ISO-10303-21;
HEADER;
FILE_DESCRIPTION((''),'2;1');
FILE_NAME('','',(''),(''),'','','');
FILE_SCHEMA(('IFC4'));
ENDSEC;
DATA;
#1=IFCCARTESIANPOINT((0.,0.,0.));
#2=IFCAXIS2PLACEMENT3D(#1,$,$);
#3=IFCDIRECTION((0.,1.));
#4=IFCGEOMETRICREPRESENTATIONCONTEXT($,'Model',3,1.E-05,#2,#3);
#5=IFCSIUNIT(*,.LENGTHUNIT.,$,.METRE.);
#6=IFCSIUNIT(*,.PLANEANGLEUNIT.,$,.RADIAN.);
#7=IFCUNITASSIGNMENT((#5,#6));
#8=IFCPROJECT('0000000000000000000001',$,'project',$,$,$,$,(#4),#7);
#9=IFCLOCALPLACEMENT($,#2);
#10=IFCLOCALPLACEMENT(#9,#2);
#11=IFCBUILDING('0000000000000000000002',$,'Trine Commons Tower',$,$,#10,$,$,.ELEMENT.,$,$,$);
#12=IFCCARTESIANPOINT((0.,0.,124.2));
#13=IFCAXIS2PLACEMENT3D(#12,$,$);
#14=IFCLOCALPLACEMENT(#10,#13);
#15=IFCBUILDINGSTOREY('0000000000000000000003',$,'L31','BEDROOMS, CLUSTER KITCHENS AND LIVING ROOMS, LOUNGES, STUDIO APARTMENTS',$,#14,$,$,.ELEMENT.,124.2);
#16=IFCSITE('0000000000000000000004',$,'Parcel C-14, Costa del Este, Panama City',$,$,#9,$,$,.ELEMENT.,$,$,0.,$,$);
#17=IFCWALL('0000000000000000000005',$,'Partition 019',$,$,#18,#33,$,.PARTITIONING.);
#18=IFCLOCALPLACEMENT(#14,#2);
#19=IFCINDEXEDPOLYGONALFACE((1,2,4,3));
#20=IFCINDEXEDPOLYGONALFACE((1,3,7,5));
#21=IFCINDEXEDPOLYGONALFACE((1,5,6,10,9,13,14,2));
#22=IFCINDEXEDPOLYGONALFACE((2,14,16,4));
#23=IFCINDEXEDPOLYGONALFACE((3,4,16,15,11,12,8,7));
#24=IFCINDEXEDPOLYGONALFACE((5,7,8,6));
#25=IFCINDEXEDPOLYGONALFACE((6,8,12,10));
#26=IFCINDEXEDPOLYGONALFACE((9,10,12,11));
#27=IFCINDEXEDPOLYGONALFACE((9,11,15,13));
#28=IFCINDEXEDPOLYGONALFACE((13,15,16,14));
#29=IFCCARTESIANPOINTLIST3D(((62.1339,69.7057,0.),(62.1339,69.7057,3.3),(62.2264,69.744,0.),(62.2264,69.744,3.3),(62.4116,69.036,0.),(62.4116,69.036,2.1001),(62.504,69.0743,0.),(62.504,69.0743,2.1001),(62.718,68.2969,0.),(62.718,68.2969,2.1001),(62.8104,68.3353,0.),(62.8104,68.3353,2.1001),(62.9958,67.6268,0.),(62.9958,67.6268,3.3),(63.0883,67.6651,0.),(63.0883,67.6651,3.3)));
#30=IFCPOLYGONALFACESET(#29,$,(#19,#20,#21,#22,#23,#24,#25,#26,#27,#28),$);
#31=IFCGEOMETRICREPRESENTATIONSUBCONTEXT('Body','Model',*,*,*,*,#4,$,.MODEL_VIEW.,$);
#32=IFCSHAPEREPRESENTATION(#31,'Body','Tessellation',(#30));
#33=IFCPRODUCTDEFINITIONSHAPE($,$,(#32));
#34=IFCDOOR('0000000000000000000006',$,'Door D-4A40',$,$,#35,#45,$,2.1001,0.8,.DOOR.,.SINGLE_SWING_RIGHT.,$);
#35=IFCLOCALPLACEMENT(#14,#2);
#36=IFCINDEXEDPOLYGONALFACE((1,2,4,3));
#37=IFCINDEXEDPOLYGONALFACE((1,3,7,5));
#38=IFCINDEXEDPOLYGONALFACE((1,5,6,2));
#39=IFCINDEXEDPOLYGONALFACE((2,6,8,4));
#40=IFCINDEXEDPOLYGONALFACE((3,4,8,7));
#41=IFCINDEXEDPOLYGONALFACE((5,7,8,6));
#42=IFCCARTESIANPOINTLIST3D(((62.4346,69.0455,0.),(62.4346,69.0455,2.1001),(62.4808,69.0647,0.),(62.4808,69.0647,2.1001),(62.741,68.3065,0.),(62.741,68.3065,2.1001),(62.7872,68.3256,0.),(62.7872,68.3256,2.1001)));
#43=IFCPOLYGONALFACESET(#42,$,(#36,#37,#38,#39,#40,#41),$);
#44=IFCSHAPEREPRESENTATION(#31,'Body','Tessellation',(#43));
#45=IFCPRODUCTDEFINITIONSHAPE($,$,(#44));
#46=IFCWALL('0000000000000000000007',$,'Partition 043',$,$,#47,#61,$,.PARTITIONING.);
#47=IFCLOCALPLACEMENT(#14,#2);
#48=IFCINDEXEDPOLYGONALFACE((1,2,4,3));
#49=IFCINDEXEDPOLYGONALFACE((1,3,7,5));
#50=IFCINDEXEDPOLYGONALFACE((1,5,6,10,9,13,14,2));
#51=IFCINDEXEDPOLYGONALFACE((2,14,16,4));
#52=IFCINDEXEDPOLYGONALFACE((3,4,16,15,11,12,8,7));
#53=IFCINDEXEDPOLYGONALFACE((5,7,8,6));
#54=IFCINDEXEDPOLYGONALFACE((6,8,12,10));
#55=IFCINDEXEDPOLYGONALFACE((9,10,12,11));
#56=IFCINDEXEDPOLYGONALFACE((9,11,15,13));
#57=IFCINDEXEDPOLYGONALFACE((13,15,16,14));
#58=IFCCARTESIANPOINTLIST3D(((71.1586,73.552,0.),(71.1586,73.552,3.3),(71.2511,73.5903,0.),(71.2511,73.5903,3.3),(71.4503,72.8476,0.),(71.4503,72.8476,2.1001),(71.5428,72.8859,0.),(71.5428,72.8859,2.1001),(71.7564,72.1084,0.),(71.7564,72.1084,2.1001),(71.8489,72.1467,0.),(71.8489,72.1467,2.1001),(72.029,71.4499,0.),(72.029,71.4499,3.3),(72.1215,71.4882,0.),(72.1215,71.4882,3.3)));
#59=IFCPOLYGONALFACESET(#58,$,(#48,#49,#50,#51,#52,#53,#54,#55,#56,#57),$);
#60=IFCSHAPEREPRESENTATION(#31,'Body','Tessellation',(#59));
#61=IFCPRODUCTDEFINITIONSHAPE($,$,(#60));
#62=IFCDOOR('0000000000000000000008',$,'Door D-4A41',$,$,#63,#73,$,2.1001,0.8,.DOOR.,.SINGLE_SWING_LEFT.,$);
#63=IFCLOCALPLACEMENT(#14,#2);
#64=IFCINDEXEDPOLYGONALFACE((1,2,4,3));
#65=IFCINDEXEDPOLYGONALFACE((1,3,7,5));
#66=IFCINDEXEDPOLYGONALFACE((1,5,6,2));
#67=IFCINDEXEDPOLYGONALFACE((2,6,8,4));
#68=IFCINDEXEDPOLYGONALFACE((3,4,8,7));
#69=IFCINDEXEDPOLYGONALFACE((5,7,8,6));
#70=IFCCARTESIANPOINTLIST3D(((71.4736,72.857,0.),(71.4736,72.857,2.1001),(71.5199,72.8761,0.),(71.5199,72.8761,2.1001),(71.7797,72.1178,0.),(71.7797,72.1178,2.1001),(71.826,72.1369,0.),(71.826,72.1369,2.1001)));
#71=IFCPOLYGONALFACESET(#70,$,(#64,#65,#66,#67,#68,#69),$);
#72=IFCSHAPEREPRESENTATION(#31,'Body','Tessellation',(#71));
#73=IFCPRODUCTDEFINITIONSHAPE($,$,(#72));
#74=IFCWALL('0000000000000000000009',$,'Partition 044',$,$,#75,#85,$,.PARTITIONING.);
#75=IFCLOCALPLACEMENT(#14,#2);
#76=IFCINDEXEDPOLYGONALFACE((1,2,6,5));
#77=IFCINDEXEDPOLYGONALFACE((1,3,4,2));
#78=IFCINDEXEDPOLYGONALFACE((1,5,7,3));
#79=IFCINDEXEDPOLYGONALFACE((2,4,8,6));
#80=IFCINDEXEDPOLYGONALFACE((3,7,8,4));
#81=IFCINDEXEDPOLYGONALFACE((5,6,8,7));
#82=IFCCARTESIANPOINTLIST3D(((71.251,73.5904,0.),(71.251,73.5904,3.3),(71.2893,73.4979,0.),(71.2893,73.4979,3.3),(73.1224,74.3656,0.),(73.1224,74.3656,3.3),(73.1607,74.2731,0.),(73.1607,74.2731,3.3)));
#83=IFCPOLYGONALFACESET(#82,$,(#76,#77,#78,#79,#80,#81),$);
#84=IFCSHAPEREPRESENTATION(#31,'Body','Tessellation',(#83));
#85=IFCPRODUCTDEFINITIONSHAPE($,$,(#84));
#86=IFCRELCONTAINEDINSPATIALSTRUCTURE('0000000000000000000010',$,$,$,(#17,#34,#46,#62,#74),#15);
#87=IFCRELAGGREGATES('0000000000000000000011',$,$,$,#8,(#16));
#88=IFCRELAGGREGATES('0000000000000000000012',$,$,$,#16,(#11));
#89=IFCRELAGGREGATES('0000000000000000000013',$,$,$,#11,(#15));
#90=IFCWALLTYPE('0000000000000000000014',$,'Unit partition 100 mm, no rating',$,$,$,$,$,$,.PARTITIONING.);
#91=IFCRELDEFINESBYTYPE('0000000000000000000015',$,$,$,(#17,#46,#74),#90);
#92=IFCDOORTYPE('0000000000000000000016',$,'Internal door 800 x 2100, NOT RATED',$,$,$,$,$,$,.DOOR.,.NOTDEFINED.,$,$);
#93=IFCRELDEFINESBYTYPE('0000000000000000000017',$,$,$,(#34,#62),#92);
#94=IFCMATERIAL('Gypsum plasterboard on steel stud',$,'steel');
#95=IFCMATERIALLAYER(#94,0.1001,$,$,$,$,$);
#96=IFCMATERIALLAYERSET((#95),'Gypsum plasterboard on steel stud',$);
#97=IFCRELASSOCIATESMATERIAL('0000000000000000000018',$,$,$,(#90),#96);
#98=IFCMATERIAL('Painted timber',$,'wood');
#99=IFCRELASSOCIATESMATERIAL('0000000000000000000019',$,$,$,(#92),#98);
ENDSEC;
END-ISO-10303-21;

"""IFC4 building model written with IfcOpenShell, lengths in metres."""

from ifc_helpers import new_model, si_unit, direction, frame, frame_2d, origin, place, context, subcontext, project, spatial, rectangle, extrude, material, layer, layer_set, type_object, element, fill, save


model = new_model("IFC4")

# Units and contexts
model_context = context("Model", 3, precision=1e-05, world=origin(), true_north=direction((0.0, 1.0)))
body_context = subcontext(model_context, "Body", "Model", "MODEL_VIEW")
ifc_project = project(units=[si_unit("LENGTHUNIT", "METRE"), si_unit("PLANEANGLEUNIT", "RADIAN")], contexts=[model_context])

# Site, building, storey
site_placement = place(None, origin())
site = spatial("IfcSite", under=ifc_project, at=site_placement, Name="Parcel C-14, Costa del Este, Panama City", CompositionType="ELEMENT", RefElevation=0.0)
building_placement = place(site_placement, origin())
building = spatial("IfcBuilding", under=site, at=building_placement, Name="Trine Commons Tower", CompositionType="ELEMENT")
storey_placement = place(building_placement, frame((0.0, 0.0, 124.2)))
storey = spatial("IfcBuildingStorey", under=building, at=storey_placement, Name="L31", Description="BEDROOMS, CLUSTER KITCHENS AND LIVING ROOMS, LOUNGES, STUDIO APARTMENTS", CompositionType="ELEMENT", Elevation=124.2)

# Shared definitions
ifc_material_1 = material(Name="Gypsum plasterboard on steel stud", Category="steel")

# Shared definitions
ifc_material_2 = material(Name="Painted timber", Category="wood")

# Walls, openings, doors
ifc_layer_1 = layer(ifc_material_1, 0.1001)
ifc_layer_set_1 = layer_set([ifc_layer_1], Name="Gypsum plasterboard on steel stud")
wall_type_1 = type_object("IfcWallType", Name="Unit partition 100 mm, no rating", PredefinedType="PARTITIONING", material=ifc_layer_set_1)
wall_1_placement = place(storey_placement, frame((62.1802, 69.7249, 0.0), z_axis=(0.0, 0.0, 1.0), x_axis=(0.382959, -0.923766, 0.0)))
wall_1 = element("IfcWall", 1, at=wall_1_placement, inside=storey, type_object=wall_type_1, Name="Partition 019", PredefinedType="PARTITIONING", context=body_context, shape_type="SweptSolid", body=[
    extrude(rectangle(XDim=2.2505, YDim=0.1001, at=frame_2d((1.1252, 0.0))), origin(), (0.0, 0.0, 1.0), 3.3),
])
opening_1_placement = place(wall_1_placement, frame((0.7251, 0.0, 0.0)))
opening_1 = element("IfcOpeningElement", 2, at=opening_1_placement, cuts=wall_1, PredefinedType="OPENING", context=body_context, shape_type="SweptSolid", body=[
    extrude(rectangle(XDim=0.8, YDim=2.1001, at=frame_2d((0.3999, 1.05))), frame((0.0, 0.0601, 0.0), z_axis=(0.0, -1.0, 0.0), x_axis=(1.0, 0.0, 0.0)), (0.0, 0.0, 1.0), 0.1201),
])
door_type_1 = type_object("IfcDoorType", Name="Internal door 800 x 2100, NOT RATED", OperationType="NOTDEFINED", PredefinedType="DOOR", material=ifc_material_2)
door_1_placement = place(opening_1_placement, origin())
door_1 = element("IfcDoor", 3, at=door_1_placement, inside=storey, type_object=door_type_1, Name="Door D-4A40", OperationType="SINGLE_SWING_RIGHT", OverallHeight=2.1001, OverallWidth=0.8, PredefinedType="DOOR", context=body_context, shape_type="SweptSolid", body=[
    extrude(rectangle(XDim=0.8, YDim=2.1001, at=frame_2d((0.3999, 1.05))), frame((0.0, 0.0249, 0.0), z_axis=(0.0, -1.0, 0.0), x_axis=(1.0, 0.0, 0.0)), (0.0, 0.0, 1.0), 0.05),
])
fill(opening_1, door_1)
wall_2_placement = place(storey_placement, frame((71.2048, 73.5713, 0.0), z_axis=(0.0, 0.0, 1.0), x_axis=(0.382557, -0.923932, 0.0)))
wall_2 = element("IfcWall", 4, at=wall_2_placement, inside=storey, type_object=wall_type_1, Name="Partition 043", PredefinedType="PARTITIONING", context=body_context, shape_type="SweptSolid", body=[
    extrude(rectangle(XDim=2.2751, YDim=0.1001, at=frame_2d((1.1377, 0.0))), origin(), (0.0, 0.0, 1.0), 3.3),
])
opening_2_placement = place(wall_2_placement, frame((0.7627, 0.0, 0.0)))
opening_2 = element("IfcOpeningElement", 5, at=opening_2_placement, cuts=wall_2, PredefinedType="OPENING", context=body_context, shape_type="SweptSolid", body=[
    extrude(rectangle(XDim=0.8, YDim=2.1001, at=frame_2d((0.3999, 1.05))), frame((0.0, 0.0601, 0.0), z_axis=(0.0, -1.0, 0.0), x_axis=(1.0, 0.0, 0.0)), (0.0, 0.0, 1.0), 0.1201),
])
door_2_placement = place(opening_2_placement, frame((0.8, 0.0, 0.0), z_axis=(0.0, 0.0, 1.0), x_axis=(-1.0, 0.0, 0.0)))
door_2 = element("IfcDoor", 6, at=door_2_placement, inside=storey, type_object=door_type_1, Name="Door D-4A41", OperationType="SINGLE_SWING_LEFT", OverallHeight=2.1001, OverallWidth=0.8, PredefinedType="DOOR", context=body_context, shape_type="SweptSolid", body=[
    extrude(rectangle(XDim=0.8, YDim=2.1001, at=frame_2d((0.3999, 1.05))), frame((0.0, 0.0249, 0.0), z_axis=(0.0, -1.0, 0.0), x_axis=(1.0, 0.0, 0.0)), (0.0, 0.0, 1.0), 0.05),
])
fill(opening_2, door_2)

# Wall
wall_3_placement = place(storey_placement, frame((71.2703, 73.5442, 0.0), z_axis=(0.0, 0.0, 1.0), x_axis=(0.923877, 0.382689, 0.0)))
element("IfcWall", 7, at=wall_3_placement, inside=storey, type_object=wall_type_1, Name="Partition 044", PredefinedType="PARTITIONING", context=body_context, shape_type="SweptSolid", body=[
    extrude(rectangle(XDim=2.0256, YDim=0.1001, at=frame_2d((1.0127, 0.0))), origin(), (0.0, 0.0, 1.0), 3.3),
])

save(model, "model.ifc")
